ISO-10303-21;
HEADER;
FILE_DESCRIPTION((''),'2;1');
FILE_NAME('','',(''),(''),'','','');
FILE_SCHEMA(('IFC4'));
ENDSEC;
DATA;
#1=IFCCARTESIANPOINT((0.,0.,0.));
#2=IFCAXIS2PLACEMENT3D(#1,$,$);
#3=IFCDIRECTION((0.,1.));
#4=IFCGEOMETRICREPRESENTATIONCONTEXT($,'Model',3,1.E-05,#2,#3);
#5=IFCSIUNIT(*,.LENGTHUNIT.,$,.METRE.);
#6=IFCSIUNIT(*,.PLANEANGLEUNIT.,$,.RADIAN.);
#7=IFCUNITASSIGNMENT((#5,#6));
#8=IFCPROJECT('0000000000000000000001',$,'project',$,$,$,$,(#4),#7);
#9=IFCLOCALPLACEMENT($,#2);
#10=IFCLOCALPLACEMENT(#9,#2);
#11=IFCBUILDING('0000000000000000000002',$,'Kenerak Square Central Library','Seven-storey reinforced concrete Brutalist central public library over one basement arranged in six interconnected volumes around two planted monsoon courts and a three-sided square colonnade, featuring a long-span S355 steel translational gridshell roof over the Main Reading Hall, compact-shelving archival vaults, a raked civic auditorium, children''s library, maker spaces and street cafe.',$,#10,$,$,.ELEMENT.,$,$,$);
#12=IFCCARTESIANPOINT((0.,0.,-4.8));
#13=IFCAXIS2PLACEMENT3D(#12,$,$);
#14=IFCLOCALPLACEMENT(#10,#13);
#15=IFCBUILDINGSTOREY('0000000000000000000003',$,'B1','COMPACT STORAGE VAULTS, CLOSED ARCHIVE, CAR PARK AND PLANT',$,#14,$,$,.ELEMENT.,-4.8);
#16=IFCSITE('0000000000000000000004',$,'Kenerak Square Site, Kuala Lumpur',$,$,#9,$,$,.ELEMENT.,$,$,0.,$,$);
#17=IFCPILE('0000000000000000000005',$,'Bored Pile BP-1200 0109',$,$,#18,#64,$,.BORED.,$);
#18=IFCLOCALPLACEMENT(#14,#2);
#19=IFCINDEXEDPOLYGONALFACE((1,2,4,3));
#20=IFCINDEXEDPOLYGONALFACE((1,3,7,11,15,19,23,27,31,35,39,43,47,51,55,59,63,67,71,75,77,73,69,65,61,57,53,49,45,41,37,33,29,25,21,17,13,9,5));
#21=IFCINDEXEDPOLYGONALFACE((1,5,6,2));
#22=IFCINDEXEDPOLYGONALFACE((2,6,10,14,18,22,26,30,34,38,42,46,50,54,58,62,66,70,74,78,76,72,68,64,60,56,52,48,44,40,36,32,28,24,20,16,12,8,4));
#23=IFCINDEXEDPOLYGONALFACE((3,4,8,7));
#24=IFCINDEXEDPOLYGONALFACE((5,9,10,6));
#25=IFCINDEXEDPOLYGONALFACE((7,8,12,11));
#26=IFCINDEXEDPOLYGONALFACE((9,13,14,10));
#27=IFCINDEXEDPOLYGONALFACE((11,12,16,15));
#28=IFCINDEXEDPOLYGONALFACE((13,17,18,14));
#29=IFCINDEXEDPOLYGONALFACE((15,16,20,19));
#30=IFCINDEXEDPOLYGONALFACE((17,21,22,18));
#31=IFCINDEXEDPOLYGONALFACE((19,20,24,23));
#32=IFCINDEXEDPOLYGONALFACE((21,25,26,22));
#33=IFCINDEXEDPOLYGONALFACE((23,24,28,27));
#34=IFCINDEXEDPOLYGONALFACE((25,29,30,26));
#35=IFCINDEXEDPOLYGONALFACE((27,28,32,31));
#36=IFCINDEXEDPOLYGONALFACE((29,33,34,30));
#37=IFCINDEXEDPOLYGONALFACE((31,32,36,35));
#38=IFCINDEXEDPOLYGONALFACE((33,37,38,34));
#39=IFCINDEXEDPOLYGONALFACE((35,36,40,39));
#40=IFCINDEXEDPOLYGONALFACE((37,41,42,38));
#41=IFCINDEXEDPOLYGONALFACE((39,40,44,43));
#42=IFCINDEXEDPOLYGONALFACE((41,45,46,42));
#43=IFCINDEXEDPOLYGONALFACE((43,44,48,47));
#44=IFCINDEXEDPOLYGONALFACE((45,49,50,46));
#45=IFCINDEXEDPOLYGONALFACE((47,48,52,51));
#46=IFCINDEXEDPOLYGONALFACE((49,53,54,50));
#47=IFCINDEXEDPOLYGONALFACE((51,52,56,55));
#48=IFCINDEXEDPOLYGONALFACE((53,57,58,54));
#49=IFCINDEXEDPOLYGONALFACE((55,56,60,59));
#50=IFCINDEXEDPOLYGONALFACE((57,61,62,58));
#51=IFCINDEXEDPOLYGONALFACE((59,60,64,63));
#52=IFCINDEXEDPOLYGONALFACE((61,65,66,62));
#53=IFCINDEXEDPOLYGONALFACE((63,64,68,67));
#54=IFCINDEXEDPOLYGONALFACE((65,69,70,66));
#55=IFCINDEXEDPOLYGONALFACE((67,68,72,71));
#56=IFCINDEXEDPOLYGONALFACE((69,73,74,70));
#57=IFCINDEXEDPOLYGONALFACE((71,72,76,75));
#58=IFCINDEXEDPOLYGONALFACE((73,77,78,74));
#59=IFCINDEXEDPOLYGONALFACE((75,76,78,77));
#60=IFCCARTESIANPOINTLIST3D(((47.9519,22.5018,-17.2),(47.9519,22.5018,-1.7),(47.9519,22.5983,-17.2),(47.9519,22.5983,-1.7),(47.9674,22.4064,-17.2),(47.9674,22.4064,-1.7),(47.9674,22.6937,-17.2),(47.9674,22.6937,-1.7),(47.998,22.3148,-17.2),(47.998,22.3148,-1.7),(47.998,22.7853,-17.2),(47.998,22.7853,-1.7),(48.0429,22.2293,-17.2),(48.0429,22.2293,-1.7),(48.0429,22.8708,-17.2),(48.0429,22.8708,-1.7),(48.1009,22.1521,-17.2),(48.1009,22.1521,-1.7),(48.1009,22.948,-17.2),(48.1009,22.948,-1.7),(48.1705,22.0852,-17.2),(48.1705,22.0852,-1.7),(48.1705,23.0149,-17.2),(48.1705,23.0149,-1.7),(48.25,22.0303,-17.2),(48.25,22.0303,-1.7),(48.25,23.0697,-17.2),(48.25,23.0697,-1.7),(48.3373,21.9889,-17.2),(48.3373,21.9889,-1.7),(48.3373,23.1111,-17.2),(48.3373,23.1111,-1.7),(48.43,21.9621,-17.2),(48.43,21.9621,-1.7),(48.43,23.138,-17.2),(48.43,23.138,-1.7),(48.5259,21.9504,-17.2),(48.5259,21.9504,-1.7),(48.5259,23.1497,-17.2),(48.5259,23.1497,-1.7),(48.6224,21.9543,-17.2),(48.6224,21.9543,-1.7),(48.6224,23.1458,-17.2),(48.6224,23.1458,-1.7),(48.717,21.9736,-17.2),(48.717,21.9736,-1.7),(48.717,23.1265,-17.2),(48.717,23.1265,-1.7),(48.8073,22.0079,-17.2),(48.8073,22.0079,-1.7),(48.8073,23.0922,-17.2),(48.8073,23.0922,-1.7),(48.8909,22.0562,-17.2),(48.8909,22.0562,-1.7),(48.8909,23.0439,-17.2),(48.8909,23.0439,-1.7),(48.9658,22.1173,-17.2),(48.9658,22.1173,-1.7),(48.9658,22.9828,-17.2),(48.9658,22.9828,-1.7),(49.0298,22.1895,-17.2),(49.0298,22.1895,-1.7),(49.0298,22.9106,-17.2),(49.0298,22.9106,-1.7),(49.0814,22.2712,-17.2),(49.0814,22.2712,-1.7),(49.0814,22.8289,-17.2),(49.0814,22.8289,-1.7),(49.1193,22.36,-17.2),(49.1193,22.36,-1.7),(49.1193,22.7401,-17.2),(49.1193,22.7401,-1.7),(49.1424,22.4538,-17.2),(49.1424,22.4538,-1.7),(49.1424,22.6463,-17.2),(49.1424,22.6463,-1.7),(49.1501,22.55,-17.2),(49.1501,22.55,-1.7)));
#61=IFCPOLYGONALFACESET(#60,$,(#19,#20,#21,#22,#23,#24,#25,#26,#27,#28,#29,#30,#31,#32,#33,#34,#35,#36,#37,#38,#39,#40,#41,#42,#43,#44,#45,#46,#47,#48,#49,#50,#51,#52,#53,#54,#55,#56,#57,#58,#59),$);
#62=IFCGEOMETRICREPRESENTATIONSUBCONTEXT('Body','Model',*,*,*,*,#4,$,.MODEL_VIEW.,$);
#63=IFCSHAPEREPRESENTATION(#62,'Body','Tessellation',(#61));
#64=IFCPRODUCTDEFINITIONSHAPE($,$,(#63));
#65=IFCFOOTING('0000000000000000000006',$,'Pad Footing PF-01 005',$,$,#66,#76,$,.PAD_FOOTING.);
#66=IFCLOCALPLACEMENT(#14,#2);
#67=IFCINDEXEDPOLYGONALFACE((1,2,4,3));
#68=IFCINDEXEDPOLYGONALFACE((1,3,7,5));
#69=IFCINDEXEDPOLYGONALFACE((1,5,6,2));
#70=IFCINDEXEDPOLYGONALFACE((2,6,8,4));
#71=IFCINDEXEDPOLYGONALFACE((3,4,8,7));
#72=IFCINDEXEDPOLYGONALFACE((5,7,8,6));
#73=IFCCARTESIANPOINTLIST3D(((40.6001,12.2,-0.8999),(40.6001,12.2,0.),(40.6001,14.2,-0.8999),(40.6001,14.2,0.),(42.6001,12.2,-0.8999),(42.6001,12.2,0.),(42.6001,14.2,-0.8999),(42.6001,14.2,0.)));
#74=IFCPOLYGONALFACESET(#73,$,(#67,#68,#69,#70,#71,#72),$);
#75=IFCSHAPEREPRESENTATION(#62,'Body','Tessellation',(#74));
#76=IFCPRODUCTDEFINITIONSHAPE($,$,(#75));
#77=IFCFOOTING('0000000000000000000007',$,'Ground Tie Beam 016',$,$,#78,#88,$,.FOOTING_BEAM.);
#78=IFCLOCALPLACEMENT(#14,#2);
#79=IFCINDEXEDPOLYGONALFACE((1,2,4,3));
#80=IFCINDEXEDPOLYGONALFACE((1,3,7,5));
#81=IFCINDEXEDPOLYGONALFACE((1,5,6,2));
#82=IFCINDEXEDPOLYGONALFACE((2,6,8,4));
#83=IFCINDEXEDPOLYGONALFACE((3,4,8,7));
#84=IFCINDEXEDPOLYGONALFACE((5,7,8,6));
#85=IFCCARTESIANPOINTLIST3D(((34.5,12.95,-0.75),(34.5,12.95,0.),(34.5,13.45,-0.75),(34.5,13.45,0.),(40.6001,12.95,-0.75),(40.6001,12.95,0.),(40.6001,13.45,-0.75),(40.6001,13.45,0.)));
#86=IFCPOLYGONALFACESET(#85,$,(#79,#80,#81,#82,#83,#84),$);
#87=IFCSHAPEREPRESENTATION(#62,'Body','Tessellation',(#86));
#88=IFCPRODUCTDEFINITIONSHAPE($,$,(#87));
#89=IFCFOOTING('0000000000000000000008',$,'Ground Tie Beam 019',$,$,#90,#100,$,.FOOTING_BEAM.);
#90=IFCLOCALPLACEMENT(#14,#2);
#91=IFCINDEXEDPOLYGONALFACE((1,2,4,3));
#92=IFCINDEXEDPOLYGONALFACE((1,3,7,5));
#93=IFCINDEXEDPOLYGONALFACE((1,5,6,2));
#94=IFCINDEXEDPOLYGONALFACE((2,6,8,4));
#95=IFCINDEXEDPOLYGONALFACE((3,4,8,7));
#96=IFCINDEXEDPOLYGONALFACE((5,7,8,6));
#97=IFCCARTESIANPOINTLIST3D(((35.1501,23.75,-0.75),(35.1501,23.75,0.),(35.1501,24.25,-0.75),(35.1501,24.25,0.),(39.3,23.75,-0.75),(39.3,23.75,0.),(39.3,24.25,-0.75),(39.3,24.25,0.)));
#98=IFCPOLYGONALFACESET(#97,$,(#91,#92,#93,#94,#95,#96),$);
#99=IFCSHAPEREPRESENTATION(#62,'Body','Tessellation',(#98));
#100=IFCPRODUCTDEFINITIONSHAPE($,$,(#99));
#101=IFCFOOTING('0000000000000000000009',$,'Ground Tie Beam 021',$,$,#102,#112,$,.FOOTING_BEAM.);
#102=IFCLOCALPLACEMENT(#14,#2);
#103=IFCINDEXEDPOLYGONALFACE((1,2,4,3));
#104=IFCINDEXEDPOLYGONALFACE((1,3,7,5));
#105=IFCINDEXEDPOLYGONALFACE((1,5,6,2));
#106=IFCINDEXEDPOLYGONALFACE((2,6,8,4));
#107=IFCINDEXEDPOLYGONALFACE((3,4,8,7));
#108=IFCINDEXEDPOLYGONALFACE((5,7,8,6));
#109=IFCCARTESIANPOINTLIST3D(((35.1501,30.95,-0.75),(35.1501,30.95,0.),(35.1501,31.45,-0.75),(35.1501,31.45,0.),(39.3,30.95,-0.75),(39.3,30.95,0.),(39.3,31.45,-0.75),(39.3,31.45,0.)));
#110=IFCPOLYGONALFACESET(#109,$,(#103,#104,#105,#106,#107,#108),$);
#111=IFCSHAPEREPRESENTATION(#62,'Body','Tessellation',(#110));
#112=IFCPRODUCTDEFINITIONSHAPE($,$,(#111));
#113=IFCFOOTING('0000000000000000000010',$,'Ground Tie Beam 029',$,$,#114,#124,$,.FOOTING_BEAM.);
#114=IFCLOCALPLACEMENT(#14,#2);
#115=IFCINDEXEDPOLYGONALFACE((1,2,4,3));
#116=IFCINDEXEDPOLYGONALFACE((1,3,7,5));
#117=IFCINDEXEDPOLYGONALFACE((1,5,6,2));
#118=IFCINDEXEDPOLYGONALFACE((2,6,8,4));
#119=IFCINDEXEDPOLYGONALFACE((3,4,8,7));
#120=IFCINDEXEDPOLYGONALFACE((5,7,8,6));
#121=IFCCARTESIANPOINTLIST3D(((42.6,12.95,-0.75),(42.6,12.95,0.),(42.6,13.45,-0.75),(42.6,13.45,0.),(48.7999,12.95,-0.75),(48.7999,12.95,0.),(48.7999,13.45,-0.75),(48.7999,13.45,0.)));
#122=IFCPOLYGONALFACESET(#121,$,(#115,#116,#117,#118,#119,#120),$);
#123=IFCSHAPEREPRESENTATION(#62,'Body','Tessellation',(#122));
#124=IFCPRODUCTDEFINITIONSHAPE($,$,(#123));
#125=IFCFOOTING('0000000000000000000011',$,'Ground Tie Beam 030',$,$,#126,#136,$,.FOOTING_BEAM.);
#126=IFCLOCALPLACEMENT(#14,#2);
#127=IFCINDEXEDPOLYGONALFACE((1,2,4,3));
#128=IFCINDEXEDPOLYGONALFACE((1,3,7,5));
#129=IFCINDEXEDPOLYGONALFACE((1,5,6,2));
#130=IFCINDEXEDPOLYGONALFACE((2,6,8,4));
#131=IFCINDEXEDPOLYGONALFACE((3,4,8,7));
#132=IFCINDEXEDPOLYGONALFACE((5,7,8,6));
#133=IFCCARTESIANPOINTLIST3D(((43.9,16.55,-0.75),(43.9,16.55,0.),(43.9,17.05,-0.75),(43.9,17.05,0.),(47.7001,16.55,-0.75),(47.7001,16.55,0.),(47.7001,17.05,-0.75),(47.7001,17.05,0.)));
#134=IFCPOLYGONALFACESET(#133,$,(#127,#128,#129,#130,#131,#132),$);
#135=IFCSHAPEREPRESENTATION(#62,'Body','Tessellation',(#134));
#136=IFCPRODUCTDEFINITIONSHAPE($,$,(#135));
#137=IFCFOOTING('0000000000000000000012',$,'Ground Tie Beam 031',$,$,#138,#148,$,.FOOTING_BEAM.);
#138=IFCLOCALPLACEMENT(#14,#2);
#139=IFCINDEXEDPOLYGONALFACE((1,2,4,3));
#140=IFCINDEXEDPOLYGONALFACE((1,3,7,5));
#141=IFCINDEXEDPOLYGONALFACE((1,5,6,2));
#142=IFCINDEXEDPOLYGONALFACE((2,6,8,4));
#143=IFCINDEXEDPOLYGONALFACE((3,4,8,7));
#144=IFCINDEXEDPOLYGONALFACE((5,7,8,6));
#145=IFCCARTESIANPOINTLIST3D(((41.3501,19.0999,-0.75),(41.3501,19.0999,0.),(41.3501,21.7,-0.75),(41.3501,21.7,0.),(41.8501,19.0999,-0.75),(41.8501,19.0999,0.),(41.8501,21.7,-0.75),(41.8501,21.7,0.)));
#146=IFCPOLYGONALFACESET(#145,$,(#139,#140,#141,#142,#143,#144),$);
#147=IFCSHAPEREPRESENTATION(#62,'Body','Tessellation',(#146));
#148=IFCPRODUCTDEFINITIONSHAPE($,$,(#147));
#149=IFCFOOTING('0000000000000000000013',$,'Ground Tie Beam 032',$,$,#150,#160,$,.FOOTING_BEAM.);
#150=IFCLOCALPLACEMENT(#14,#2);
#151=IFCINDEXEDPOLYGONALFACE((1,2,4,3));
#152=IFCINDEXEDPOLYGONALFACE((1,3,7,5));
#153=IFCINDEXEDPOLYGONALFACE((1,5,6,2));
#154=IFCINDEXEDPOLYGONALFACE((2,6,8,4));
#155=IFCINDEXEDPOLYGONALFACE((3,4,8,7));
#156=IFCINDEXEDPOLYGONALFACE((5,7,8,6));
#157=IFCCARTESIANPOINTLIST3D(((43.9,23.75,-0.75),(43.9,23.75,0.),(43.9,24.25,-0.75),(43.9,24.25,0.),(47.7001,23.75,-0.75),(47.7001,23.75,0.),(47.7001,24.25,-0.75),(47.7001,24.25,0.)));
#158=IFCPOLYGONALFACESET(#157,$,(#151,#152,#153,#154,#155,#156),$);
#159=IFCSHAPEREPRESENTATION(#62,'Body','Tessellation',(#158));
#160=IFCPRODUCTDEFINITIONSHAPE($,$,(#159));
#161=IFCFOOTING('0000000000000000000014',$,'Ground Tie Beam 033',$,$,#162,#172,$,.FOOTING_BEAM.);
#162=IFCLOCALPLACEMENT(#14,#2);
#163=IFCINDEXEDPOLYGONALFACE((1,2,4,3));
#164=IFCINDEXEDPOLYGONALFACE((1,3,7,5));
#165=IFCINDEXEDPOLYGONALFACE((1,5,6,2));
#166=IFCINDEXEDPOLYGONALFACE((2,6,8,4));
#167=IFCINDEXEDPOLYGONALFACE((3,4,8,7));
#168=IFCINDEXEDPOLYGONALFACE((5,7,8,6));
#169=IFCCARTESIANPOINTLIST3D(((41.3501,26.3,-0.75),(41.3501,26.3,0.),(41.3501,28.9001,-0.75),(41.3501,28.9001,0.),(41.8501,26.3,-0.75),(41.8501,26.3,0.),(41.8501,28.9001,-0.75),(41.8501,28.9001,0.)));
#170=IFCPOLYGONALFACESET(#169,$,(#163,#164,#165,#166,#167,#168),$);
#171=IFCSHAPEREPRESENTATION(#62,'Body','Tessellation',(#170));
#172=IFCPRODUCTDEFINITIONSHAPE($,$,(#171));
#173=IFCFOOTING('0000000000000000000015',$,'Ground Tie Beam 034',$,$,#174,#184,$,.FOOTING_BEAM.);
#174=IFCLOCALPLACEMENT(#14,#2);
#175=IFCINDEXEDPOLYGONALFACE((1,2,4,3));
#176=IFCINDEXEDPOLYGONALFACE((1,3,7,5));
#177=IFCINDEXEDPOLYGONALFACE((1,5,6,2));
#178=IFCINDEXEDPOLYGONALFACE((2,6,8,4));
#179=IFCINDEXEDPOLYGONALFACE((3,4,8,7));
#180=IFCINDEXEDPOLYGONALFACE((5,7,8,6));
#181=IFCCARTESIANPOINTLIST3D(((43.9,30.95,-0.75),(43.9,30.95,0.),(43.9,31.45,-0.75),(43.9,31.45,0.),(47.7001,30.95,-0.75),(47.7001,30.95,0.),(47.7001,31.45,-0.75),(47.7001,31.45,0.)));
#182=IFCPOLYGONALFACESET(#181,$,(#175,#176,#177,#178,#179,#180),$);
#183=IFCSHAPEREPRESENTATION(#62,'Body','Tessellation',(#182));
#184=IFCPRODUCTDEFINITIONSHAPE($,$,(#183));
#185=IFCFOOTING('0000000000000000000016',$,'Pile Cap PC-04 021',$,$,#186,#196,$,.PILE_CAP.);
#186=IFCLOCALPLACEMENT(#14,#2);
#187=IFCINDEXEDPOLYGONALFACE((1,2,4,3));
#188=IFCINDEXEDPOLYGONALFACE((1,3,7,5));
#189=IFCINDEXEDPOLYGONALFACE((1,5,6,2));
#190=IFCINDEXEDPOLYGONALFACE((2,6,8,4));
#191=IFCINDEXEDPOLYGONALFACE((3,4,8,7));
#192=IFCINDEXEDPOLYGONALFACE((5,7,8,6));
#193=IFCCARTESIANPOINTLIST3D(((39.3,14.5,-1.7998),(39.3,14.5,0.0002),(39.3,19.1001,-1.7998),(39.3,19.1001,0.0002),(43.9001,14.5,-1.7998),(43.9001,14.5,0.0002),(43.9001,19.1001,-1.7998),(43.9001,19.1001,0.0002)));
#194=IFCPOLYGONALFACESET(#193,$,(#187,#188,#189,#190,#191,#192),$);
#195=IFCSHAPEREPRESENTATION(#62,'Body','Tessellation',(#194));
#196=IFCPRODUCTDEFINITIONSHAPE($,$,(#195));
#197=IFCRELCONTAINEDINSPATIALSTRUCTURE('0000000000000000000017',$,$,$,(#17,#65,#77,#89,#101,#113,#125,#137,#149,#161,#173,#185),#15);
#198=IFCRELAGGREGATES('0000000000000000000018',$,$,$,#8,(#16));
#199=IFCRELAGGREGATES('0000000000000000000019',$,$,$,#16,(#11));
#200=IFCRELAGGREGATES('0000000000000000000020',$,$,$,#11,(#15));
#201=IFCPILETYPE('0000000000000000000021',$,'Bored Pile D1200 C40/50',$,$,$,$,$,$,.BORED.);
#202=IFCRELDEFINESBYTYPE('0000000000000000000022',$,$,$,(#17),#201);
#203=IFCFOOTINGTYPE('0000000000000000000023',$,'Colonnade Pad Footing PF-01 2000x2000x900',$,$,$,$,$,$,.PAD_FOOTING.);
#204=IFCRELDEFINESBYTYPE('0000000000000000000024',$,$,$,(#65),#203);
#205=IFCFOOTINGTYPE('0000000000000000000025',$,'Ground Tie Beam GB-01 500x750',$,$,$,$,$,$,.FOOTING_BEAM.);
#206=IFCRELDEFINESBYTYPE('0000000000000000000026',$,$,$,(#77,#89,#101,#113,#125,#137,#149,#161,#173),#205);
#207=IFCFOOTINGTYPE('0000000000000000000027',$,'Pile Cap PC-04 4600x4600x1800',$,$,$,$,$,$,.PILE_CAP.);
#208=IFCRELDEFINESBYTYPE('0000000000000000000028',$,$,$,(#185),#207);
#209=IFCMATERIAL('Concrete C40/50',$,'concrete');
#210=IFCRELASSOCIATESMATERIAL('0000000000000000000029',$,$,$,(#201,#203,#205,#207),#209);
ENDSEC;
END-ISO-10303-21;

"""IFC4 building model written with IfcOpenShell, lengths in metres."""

from ifc_helpers import new_model, si_unit, direction, frame, origin, origin_2d, place, context, subcontext, project, spatial, rectangle, circle, extrude, material, material_profile, profile_set, type_object, element, save


model = new_model("IFC4")

# Units and contexts
model_context = context("Model", 3, precision=1e-05, world=origin(), true_north=direction((0.0, 1.0)))
body_context = subcontext(model_context, "Body", "Model", "MODEL_VIEW")
ifc_project = project(units=[si_unit("LENGTHUNIT", "METRE"), si_unit("PLANEANGLEUNIT", "RADIAN")], contexts=[model_context])

# Site, building, storey
site_placement = place(None, origin())
site = spatial("IfcSite", under=ifc_project, at=site_placement, Name="Kenerak Square Site, Kuala Lumpur", CompositionType="ELEMENT", RefElevation=0.0)
building_placement = place(site_placement, origin())
building = spatial("IfcBuilding", under=site, at=building_placement, Name="Kenerak Square Central Library", Description="Seven-storey reinforced concrete Brutalist central public library over one basement arranged in six interconnected volumes around two planted monsoon courts and a three-sided square colonnade, featuring a long-span S355 steel translational gridshell roof over the Main Reading Hall, compact-shelving archival vaults, a raked civic auditorium, children's library, maker spaces and street cafe.", CompositionType="ELEMENT")
storey_placement = place(building_placement, frame((0.0, 0.0, -4.8)))
storey = spatial("IfcBuildingStorey", under=building, at=storey_placement, Name="B1", Description="COMPACT STORAGE VAULTS, CLOSED ARCHIVE, CAR PARK AND PLANT", CompositionType="ELEMENT", Elevation=-4.8)

# Pile
ifc_material_1 = material(Name="Concrete C40/50", Category="concrete")
ifc_material_profile_1 = material_profile(ifc_material_1, circle(Radius=0.6001, at=origin_2d()), Name="BP D1200")
ifc_profile_set_1 = profile_set([ifc_material_profile_1], Name="Concrete C40/50")
pile_type = type_object("IfcPileType", Name="Bored Pile D1200 C40/50", PredefinedType="BORED", material=ifc_profile_set_1)
for number, where, z_axis, x_axis, name in (
    (1, (48.55, 22.55, -1.7), (0.0, 0.0, -1.0), (1.0, 0.0, 0.0), "Bored Pile BP-1200 0109"),
):
    element("IfcPile", number, at=place(storey_placement, frame(where, z_axis=z_axis, x_axis=x_axis)), inside=storey, type_object=pile_type, Name=name, PredefinedType="BORED", context=body_context, shape_type="SweptSolid", body=[
        extrude(circle(Radius=0.6001, at=origin_2d()), origin(), (0.0, 0.0, 1.0), 15.5),
    ])

# Footings
footing_type_1 = type_object("IfcFootingType", Name="Colonnade Pad Footing PF-01 2000x2000x900", PredefinedType="PAD_FOOTING", material=ifc_material_1)
footing_1_placement = place(storey_placement, frame((41.6001, 13.2, -0.8999), z_axis=(0.0, 0.0, 1.0), x_axis=(1.0, 0.0, 0.0)))
element("IfcFooting", 2, at=footing_1_placement, inside=storey, type_object=footing_type_1, Name="Pad Footing PF-01 005", PredefinedType="PAD_FOOTING", context=body_context, shape_type="SweptSolid", body=[
    extrude(rectangle(XDim=2.0, YDim=2.0, at=origin_2d()), origin(), (0.0, 0.0, 1.0), 0.8999),
])
footing_type_2 = type_object("IfcFootingType", Name="Ground Tie Beam GB-01 500x750", PredefinedType="FOOTING_BEAM", material=ifc_material_1)
footing_2_placement = place(storey_placement, frame((37.55, 13.2, -0.75), z_axis=(0.0, 0.0, 1.0), x_axis=(1.0, 0.0, 0.0)))
element("IfcFooting", 3, at=footing_2_placement, inside=storey, type_object=footing_type_2, Name="Ground Tie Beam 016", PredefinedType="FOOTING_BEAM", context=body_context, shape_type="SweptSolid", body=[
    extrude(rectangle(XDim=6.1001, YDim=0.5, at=origin_2d()), origin(), (0.0, 0.0, 1.0), 0.75),
])
for number, where, z_axis, x_axis, name in (
    (4, (37.2251, 24.0, -0.75), (0.0, 0.0, 1.0), (1.0, 0.0, 0.0), "Ground Tie Beam 019"),
    (5, (37.2251, 31.2, -0.75), (0.0, 0.0, 1.0), (1.0, 0.0, 0.0), "Ground Tie Beam 021"),
):
    element("IfcFooting", number, at=place(storey_placement, frame(where, z_axis=z_axis, x_axis=x_axis)), inside=storey, type_object=footing_type_2, Name=name, PredefinedType="FOOTING_BEAM", context=body_context, shape_type="SweptSolid", body=[
        extrude(rectangle(XDim=4.1499, YDim=0.5, at=origin_2d()), origin(), (0.0, 0.0, 1.0), 0.75),
    ])
footing_3_placement = place(storey_placement, frame((45.7, 13.2, -0.75), z_axis=(0.0, 0.0, 1.0), x_axis=(1.0, 0.0, 0.0)))
element("IfcFooting", 6, at=footing_3_placement, inside=storey, type_object=footing_type_2, Name="Ground Tie Beam 029", PredefinedType="FOOTING_BEAM", context=body_context, shape_type="SweptSolid", body=[
    extrude(rectangle(XDim=6.2, YDim=0.5, at=origin_2d()), origin(), (0.0, 0.0, 1.0), 0.75),
])
footing_4_placement = place(storey_placement, frame((45.8, 16.8, -0.75), z_axis=(0.0, 0.0, 1.0), x_axis=(1.0, 0.0, 0.0)))
element("IfcFooting", 7, at=footing_4_placement, inside=storey, type_object=footing_type_2, Name="Ground Tie Beam 030", PredefinedType="FOOTING_BEAM", context=body_context, shape_type="SweptSolid", body=[
    extrude(rectangle(XDim=3.8, YDim=0.5, at=origin_2d()), origin(), (0.0, 0.0, 1.0), 0.75),
])
footing_5_placement = place(storey_placement, frame((41.6001, 20.3999, -0.75), z_axis=(0.0, 0.0, 1.0), x_axis=(1.0, 0.0, 0.0)))
element("IfcFooting", 8, at=footing_5_placement, inside=storey, type_object=footing_type_2, Name="Ground Tie Beam 031", PredefinedType="FOOTING_BEAM", context=body_context, shape_type="SweptSolid", body=[
    extrude(rectangle(XDim=0.5, YDim=2.6001, at=origin_2d()), origin(), (0.0, 0.0, 1.0), 0.75),
])
footing_6_placement = place(storey_placement, frame((45.8, 24.0, -0.75), z_axis=(0.0, 0.0, 1.0), x_axis=(1.0, 0.0, 0.0)))
element("IfcFooting", 9, at=footing_6_placement, inside=storey, type_object=footing_type_2, Name="Ground Tie Beam 032", PredefinedType="FOOTING_BEAM", context=body_context, shape_type="SweptSolid", body=[
    extrude(rectangle(XDim=3.8, YDim=0.5, at=origin_2d()), origin(), (0.0, 0.0, 1.0), 0.75),
])
footing_7_placement = place(storey_placement, frame((41.6001, 27.6001, -0.75), z_axis=(0.0, 0.0, 1.0), x_axis=(1.0, 0.0, 0.0)))
element("IfcFooting", 10, at=footing_7_placement, inside=storey, type_object=footing_type_2, Name="Ground Tie Beam 033", PredefinedType="FOOTING_BEAM", context=body_context, shape_type="SweptSolid", body=[
    extrude(rectangle(XDim=0.5, YDim=2.6001, at=origin_2d()), origin(), (0.0, 0.0, 1.0), 0.75),
])
footing_8_placement = place(storey_placement, frame((45.8, 31.2, -0.75), z_axis=(0.0, 0.0, 1.0), x_axis=(1.0, 0.0, 0.0)))
element("IfcFooting", 11, at=footing_8_placement, inside=storey, type_object=footing_type_2, Name="Ground Tie Beam 034", PredefinedType="FOOTING_BEAM", context=body_context, shape_type="SweptSolid", body=[
    extrude(rectangle(XDim=3.8, YDim=0.5, at=origin_2d()), origin(), (0.0, 0.0, 1.0), 0.75),
])
footing_type_3 = type_object("IfcFootingType", Name="Pile Cap PC-04 4600x4600x1800", PredefinedType="PILE_CAP", material=ifc_material_1)
for number, where, z_axis, x_axis, name in (
    (12, (41.6001, 16.8, -1.7998), (0.0, 0.0, 1.0), (1.0, 0.0, 0.0), "Pile Cap PC-04 021"),
):
    element("IfcFooting", number, at=place(storey_placement, frame(where, z_axis=z_axis, x_axis=x_axis)), inside=storey, type_object=footing_type_3, Name=name, PredefinedType="PILE_CAP", context=body_context, shape_type="SweptSolid", body=[
        extrude(rectangle(XDim=4.6001, YDim=4.6001, at=origin_2d()), origin(), (0.0, 0.0, 1.0), 1.8),
    ])

save(model, "model.ifc")
